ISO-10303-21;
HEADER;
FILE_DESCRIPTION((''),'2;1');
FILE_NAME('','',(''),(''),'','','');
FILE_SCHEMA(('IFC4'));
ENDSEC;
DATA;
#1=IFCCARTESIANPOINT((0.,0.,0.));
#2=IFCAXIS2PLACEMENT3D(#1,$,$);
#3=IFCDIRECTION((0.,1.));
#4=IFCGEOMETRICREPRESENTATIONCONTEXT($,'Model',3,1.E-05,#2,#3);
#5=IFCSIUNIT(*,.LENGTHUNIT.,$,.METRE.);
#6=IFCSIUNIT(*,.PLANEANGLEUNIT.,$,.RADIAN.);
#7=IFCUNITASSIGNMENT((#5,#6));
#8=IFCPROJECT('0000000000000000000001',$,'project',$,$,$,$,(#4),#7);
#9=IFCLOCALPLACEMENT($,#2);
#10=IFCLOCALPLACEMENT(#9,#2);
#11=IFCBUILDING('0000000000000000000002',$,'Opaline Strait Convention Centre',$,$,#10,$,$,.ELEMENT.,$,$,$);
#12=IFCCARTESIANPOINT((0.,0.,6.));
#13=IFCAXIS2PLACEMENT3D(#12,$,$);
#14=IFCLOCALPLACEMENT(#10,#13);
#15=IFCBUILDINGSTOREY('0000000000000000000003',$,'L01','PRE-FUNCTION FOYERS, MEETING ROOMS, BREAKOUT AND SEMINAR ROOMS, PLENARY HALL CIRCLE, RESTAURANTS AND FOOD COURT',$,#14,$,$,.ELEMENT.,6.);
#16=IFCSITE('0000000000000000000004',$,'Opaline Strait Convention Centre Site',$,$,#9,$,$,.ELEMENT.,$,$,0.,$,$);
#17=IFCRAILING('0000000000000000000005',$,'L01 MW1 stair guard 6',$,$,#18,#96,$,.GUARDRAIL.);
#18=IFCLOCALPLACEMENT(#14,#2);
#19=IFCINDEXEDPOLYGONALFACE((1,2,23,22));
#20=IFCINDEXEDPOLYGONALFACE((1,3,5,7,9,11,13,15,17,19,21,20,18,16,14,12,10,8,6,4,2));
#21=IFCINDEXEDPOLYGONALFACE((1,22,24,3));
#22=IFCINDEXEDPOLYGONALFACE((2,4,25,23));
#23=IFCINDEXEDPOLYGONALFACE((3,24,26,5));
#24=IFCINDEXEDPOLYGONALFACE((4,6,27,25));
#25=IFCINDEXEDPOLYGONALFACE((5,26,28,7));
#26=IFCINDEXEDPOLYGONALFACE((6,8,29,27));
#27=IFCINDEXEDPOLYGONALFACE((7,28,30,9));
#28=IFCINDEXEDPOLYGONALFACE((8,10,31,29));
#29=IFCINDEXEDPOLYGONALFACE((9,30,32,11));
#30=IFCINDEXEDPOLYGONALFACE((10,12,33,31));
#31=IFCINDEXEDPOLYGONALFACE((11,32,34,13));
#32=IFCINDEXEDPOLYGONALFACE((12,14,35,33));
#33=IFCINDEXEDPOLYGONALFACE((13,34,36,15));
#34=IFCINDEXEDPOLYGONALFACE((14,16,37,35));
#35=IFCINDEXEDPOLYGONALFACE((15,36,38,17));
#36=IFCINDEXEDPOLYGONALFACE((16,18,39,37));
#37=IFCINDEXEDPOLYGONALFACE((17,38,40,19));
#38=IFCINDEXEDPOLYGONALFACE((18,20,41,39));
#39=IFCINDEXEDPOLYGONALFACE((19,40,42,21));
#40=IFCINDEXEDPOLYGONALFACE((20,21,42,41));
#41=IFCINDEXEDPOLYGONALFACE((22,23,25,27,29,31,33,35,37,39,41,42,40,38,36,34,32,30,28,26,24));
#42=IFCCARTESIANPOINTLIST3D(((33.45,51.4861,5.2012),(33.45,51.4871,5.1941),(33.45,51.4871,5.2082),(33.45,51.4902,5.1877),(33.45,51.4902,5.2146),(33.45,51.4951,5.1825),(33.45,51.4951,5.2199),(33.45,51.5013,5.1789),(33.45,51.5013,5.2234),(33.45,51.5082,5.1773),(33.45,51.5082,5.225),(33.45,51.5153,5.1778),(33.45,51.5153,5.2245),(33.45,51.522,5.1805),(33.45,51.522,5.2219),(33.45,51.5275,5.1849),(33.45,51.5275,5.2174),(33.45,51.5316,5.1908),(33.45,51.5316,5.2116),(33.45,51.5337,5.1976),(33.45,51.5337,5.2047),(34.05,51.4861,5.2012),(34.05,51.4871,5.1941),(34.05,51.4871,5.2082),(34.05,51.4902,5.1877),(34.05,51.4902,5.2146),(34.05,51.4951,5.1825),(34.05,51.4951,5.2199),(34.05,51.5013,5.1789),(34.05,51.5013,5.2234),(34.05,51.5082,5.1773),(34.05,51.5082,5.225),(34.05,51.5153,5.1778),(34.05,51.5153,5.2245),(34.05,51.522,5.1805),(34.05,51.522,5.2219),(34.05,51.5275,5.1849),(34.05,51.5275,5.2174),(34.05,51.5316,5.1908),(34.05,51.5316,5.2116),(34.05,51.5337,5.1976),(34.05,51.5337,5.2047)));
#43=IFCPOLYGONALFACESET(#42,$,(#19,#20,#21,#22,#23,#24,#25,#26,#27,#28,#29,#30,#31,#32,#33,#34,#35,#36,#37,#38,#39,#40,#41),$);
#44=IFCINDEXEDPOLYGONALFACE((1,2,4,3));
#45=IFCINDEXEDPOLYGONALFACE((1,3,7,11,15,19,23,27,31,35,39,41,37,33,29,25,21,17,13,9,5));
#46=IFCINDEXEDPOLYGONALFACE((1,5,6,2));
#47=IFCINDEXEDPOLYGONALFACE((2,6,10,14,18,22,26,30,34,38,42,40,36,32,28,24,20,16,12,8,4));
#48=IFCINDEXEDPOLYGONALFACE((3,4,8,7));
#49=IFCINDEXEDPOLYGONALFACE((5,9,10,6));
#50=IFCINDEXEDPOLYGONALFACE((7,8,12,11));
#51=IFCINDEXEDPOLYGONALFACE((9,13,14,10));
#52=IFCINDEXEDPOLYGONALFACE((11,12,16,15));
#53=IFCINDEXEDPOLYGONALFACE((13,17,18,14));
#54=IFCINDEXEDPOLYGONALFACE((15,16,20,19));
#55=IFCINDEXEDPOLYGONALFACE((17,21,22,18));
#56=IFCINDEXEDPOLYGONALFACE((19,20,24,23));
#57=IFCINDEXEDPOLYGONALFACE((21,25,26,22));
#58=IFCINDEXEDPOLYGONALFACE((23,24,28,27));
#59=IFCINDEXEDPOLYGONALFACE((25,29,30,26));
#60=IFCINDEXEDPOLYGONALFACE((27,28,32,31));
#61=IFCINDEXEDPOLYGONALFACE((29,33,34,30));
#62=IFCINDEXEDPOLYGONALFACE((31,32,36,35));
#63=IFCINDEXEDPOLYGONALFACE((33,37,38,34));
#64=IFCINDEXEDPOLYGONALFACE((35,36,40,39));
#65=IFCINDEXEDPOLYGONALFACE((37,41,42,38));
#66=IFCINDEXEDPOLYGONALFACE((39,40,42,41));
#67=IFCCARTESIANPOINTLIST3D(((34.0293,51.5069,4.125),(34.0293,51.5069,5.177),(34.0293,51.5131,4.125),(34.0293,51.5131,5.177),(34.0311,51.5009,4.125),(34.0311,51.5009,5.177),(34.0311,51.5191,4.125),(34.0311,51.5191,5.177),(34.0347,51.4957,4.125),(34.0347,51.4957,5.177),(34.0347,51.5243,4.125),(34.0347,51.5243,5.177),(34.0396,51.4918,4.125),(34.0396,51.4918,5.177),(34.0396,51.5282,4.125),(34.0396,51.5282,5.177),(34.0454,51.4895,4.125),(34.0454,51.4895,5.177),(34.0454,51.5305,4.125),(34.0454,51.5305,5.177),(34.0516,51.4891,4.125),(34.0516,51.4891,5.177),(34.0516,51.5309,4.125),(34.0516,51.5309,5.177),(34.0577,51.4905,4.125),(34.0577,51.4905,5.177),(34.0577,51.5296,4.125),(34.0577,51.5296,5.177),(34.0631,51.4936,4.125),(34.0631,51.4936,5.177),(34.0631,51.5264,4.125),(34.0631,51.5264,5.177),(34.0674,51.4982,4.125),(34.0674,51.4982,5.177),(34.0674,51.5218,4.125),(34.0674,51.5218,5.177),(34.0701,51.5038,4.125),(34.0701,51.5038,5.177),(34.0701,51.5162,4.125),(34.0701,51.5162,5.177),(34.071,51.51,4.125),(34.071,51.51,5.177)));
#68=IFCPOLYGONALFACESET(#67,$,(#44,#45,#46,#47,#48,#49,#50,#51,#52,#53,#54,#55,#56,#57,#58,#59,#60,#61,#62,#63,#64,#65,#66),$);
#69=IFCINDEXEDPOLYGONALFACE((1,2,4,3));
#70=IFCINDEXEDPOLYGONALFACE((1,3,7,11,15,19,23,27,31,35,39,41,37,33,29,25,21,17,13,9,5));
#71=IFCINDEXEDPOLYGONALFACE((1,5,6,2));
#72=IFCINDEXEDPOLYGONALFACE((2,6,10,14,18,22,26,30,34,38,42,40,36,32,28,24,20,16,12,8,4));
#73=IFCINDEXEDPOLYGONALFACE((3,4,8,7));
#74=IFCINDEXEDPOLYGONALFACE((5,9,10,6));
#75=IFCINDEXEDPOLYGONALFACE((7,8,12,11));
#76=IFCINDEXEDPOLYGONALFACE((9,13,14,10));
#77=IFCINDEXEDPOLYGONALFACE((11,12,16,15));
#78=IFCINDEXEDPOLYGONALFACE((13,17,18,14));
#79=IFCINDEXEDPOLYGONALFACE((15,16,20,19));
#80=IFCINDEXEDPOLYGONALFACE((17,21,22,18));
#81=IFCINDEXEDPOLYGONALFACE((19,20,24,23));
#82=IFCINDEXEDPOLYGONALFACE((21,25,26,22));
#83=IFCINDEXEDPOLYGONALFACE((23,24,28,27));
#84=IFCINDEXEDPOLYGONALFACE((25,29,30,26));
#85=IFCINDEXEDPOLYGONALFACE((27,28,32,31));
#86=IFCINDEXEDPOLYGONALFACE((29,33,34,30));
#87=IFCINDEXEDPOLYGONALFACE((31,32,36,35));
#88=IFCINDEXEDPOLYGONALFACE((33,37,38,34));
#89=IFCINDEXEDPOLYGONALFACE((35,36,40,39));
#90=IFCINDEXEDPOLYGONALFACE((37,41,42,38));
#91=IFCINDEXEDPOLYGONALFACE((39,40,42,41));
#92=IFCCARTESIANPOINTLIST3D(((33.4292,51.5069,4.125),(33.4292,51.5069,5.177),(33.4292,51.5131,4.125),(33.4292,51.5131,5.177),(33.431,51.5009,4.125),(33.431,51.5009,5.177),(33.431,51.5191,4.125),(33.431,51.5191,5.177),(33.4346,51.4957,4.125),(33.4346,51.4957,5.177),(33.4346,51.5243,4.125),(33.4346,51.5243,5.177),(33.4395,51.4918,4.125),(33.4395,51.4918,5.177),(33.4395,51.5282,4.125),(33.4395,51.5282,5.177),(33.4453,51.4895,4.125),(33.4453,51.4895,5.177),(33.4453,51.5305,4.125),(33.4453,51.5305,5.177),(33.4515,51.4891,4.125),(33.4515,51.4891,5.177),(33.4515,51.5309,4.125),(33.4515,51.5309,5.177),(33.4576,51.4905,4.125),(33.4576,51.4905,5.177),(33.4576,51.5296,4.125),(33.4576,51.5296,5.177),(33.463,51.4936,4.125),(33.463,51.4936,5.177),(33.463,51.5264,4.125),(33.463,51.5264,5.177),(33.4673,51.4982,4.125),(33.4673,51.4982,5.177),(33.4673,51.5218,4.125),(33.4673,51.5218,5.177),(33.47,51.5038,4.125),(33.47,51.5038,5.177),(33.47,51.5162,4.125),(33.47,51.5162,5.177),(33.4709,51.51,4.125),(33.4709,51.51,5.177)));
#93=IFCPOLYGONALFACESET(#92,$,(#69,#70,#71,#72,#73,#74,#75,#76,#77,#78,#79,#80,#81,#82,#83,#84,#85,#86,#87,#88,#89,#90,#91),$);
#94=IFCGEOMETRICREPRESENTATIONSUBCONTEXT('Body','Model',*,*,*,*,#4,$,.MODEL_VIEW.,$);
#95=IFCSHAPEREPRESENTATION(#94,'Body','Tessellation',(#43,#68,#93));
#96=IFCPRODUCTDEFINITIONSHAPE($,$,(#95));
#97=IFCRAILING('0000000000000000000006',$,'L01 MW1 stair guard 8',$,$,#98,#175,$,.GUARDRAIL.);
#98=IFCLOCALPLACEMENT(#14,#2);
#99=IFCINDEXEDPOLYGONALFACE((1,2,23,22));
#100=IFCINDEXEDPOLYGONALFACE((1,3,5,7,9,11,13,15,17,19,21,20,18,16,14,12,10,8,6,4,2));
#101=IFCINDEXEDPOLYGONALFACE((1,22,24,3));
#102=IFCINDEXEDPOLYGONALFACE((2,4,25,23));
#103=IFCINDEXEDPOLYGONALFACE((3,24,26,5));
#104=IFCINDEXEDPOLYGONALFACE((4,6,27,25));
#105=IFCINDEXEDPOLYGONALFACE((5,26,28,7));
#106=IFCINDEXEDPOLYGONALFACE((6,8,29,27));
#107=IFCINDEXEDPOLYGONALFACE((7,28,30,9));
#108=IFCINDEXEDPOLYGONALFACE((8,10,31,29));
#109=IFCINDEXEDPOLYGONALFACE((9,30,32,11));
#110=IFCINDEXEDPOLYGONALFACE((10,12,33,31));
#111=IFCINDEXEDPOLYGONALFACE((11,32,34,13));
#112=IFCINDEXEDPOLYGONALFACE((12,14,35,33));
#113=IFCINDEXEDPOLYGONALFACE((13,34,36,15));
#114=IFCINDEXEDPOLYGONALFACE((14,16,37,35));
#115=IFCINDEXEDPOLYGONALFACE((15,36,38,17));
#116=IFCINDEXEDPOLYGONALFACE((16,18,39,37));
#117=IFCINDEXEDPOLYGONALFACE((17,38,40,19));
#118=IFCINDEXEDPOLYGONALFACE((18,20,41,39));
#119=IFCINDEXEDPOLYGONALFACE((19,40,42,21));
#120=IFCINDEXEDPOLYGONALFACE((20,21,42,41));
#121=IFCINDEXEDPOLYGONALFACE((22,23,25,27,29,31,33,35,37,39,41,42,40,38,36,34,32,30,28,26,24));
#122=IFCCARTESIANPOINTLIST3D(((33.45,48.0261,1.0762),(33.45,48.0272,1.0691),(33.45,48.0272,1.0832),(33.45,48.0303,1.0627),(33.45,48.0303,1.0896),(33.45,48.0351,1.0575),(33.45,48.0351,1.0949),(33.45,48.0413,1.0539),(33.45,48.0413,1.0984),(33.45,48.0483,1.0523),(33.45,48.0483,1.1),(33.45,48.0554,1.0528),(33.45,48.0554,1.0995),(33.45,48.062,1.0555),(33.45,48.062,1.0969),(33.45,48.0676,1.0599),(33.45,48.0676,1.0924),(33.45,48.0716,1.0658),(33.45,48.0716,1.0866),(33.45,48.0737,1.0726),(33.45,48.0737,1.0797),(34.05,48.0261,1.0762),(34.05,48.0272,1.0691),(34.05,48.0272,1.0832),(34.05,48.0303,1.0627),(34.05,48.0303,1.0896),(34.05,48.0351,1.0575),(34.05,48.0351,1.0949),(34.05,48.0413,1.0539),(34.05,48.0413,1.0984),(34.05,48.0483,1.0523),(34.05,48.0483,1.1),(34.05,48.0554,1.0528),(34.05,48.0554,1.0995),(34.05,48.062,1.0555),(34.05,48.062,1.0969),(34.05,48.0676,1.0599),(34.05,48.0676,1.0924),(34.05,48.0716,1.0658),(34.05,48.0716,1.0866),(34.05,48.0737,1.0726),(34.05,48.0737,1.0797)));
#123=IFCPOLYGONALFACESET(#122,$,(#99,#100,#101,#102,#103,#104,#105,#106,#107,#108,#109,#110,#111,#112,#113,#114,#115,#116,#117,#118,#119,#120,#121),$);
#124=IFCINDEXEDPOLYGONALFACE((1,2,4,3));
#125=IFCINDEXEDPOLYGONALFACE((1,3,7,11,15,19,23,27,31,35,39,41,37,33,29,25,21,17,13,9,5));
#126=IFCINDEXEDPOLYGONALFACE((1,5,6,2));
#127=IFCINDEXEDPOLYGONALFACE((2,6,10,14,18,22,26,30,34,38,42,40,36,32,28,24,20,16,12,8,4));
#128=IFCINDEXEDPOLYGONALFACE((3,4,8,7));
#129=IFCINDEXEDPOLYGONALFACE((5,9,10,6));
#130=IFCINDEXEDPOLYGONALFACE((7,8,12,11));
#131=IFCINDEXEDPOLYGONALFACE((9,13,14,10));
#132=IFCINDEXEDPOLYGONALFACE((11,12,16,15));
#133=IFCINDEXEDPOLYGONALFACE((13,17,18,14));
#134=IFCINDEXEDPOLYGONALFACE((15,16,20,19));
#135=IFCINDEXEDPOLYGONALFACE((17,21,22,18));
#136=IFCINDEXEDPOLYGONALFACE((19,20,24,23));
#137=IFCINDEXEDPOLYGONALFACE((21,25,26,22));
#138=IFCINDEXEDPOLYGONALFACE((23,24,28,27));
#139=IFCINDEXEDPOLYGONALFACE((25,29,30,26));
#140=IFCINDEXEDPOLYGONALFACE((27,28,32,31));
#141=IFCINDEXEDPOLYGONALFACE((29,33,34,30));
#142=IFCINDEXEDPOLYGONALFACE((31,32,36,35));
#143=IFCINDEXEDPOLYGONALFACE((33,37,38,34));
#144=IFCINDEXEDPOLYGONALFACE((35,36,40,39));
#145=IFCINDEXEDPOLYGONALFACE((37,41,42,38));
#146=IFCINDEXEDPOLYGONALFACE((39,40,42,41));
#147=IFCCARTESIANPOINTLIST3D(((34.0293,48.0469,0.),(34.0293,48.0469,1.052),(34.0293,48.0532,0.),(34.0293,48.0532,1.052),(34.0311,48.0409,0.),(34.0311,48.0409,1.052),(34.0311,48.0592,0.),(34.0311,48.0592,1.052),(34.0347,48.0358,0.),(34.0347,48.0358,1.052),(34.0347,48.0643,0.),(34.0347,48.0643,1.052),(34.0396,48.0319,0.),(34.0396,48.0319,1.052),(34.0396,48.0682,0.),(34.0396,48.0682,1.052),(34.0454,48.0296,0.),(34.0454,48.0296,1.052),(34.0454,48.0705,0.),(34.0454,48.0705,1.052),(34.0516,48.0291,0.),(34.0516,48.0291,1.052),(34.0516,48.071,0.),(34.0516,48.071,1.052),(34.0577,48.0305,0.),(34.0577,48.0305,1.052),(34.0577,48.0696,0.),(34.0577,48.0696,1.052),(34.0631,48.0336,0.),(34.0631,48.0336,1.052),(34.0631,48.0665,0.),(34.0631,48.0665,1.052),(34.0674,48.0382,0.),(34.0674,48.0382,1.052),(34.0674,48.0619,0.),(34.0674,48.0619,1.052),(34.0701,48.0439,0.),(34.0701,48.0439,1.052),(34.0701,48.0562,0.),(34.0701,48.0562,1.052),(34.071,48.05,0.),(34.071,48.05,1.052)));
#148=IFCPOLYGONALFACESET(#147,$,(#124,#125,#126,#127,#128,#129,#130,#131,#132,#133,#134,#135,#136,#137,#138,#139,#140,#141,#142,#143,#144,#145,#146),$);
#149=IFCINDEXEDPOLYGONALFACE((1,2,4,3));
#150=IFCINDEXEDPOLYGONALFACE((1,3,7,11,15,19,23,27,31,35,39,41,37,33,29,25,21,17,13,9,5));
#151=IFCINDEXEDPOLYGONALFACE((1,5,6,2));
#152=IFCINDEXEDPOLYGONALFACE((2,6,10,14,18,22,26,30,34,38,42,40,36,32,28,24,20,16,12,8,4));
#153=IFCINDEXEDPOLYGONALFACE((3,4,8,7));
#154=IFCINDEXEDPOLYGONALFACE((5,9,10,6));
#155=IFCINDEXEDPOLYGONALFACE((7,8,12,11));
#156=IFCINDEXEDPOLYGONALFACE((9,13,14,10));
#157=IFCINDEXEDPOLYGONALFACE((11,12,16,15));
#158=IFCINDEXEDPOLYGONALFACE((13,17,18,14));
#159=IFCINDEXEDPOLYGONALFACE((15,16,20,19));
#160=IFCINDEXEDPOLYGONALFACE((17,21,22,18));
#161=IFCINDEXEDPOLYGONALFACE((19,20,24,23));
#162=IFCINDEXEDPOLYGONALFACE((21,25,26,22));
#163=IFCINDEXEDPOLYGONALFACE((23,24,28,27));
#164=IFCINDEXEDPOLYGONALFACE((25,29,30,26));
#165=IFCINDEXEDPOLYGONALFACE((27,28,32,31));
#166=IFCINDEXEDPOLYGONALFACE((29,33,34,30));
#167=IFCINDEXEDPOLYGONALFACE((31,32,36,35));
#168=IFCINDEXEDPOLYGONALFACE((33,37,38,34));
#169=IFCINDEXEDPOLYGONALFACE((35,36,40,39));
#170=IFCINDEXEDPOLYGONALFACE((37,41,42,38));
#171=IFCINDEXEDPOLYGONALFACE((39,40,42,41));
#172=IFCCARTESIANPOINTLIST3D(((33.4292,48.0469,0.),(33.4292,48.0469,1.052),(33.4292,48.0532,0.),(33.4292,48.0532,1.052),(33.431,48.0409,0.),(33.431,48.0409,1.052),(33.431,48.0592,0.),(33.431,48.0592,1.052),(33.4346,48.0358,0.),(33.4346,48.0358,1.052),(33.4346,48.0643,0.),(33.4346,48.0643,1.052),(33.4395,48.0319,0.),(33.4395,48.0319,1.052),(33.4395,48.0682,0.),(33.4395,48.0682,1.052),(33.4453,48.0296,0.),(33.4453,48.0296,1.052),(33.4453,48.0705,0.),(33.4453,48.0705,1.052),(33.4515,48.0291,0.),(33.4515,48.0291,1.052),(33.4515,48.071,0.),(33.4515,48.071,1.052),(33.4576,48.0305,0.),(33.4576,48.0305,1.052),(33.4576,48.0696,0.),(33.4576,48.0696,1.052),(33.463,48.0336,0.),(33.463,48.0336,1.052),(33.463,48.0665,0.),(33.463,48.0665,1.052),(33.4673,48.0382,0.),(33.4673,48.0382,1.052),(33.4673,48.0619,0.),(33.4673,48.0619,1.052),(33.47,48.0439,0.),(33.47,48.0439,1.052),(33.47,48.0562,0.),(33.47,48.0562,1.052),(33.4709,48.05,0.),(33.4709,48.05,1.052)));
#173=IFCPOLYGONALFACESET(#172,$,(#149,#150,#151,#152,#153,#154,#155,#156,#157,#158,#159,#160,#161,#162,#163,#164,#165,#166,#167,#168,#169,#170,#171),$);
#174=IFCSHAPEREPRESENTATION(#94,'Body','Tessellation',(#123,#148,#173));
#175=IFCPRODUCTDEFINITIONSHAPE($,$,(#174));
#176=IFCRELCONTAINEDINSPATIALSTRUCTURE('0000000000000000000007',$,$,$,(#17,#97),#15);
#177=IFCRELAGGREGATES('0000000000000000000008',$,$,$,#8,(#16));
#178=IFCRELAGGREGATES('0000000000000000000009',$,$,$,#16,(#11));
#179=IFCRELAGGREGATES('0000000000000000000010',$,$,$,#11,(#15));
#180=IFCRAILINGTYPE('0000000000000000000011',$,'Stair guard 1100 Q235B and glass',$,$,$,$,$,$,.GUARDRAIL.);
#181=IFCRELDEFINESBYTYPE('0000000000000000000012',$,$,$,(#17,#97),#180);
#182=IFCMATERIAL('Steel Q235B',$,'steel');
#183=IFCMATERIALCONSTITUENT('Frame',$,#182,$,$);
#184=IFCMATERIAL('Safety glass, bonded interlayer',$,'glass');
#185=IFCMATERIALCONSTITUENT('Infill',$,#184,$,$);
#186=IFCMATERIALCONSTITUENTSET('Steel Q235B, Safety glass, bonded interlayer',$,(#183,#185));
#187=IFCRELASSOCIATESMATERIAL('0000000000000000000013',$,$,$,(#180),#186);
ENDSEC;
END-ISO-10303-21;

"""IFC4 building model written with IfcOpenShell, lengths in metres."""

from ifc_helpers import new_model, si_unit, direction, frame, origin, origin_2d, place, context, subcontext, project, spatial, circle, extrude, material, constituent, constituent_set, type_object, element, save


model = new_model("IFC4")

# Units and contexts
model_context = context("Model", 3, precision=1e-05, world=origin(), true_north=direction((0.0, 1.0)))
body_context = subcontext(model_context, "Body", "Model", "MODEL_VIEW")
ifc_project = project(units=[si_unit("LENGTHUNIT", "METRE"), si_unit("PLANEANGLEUNIT", "RADIAN")], contexts=[model_context])

# Site, building, storey
site_placement = place(None, origin())
site = spatial("IfcSite", under=ifc_project, at=site_placement, Name="Opaline Strait Convention Centre Site", CompositionType="ELEMENT", RefElevation=0.0)
building_placement = place(site_placement, origin())
building = spatial("IfcBuilding", under=site, at=building_placement, Name="Opaline Strait Convention Centre", CompositionType="ELEMENT")
storey_placement = place(building_placement, frame((0.0, 0.0, 6.0)))
storey = spatial("IfcBuildingStorey", under=building, at=storey_placement, Name="L01", Description="PRE-FUNCTION FOYERS, MEETING ROOMS, BREAKOUT AND SEMINAR ROOMS, PLENARY HALL CIRCLE, RESTAURANTS AND FOOD COURT", CompositionType="ELEMENT", Elevation=6.0)

# Railings
ifc_material_1 = material(Name="Steel Q235B", Category="steel")
ifc_constituent_1 = constituent(ifc_material_1, Name="Frame")
ifc_material_2 = material(Name="Safety glass, bonded interlayer", Category="glass")
ifc_constituent_2 = constituent(ifc_material_2, Name="Infill")
ifc_constituent_set = constituent_set(constituents=[ifc_constituent_1, ifc_constituent_2], Name="Steel Q235B, Safety glass, bonded interlayer")
railing_type_1 = type_object("IfcRailingType", Name="Stair guard 1100 Q235B and glass", PredefinedType="GUARDRAIL", material=ifc_constituent_set)
for number, where, name in (
    (1, (34.05, 51.51, 4.125), "L01 MW1 stair guard 6"),
    (2, (34.05, 48.05, 0.0), "L01 MW1 stair guard 8"),
):
    element("IfcRailing", number, at=place(storey_placement, frame(where)), inside=storey, type_object=railing_type_1, Name=name, PredefinedType="GUARDRAIL", context=body_context, shape_type="SweptSolid", body=[
        extrude(circle(Radius=0.0239, at=origin_2d()), frame((0.0, 0.0, 1.0762), z_axis=(-1.0, 0.0, 0.0), x_axis=(0.0, -1.0, 0.0)), (0.0, 0.0, 1.0), 0.6001),
        extrude(circle(Radius=0.021, at=origin_2d()), origin(), (0.0, 0.0, 1.0), 1.052),
        extrude(circle(Radius=0.021, at=origin_2d()), frame((-0.6001, 0.0, 0.0)), (0.0, 0.0, 1.0), 1.052),
    ])

save(model, "model.ifc")
